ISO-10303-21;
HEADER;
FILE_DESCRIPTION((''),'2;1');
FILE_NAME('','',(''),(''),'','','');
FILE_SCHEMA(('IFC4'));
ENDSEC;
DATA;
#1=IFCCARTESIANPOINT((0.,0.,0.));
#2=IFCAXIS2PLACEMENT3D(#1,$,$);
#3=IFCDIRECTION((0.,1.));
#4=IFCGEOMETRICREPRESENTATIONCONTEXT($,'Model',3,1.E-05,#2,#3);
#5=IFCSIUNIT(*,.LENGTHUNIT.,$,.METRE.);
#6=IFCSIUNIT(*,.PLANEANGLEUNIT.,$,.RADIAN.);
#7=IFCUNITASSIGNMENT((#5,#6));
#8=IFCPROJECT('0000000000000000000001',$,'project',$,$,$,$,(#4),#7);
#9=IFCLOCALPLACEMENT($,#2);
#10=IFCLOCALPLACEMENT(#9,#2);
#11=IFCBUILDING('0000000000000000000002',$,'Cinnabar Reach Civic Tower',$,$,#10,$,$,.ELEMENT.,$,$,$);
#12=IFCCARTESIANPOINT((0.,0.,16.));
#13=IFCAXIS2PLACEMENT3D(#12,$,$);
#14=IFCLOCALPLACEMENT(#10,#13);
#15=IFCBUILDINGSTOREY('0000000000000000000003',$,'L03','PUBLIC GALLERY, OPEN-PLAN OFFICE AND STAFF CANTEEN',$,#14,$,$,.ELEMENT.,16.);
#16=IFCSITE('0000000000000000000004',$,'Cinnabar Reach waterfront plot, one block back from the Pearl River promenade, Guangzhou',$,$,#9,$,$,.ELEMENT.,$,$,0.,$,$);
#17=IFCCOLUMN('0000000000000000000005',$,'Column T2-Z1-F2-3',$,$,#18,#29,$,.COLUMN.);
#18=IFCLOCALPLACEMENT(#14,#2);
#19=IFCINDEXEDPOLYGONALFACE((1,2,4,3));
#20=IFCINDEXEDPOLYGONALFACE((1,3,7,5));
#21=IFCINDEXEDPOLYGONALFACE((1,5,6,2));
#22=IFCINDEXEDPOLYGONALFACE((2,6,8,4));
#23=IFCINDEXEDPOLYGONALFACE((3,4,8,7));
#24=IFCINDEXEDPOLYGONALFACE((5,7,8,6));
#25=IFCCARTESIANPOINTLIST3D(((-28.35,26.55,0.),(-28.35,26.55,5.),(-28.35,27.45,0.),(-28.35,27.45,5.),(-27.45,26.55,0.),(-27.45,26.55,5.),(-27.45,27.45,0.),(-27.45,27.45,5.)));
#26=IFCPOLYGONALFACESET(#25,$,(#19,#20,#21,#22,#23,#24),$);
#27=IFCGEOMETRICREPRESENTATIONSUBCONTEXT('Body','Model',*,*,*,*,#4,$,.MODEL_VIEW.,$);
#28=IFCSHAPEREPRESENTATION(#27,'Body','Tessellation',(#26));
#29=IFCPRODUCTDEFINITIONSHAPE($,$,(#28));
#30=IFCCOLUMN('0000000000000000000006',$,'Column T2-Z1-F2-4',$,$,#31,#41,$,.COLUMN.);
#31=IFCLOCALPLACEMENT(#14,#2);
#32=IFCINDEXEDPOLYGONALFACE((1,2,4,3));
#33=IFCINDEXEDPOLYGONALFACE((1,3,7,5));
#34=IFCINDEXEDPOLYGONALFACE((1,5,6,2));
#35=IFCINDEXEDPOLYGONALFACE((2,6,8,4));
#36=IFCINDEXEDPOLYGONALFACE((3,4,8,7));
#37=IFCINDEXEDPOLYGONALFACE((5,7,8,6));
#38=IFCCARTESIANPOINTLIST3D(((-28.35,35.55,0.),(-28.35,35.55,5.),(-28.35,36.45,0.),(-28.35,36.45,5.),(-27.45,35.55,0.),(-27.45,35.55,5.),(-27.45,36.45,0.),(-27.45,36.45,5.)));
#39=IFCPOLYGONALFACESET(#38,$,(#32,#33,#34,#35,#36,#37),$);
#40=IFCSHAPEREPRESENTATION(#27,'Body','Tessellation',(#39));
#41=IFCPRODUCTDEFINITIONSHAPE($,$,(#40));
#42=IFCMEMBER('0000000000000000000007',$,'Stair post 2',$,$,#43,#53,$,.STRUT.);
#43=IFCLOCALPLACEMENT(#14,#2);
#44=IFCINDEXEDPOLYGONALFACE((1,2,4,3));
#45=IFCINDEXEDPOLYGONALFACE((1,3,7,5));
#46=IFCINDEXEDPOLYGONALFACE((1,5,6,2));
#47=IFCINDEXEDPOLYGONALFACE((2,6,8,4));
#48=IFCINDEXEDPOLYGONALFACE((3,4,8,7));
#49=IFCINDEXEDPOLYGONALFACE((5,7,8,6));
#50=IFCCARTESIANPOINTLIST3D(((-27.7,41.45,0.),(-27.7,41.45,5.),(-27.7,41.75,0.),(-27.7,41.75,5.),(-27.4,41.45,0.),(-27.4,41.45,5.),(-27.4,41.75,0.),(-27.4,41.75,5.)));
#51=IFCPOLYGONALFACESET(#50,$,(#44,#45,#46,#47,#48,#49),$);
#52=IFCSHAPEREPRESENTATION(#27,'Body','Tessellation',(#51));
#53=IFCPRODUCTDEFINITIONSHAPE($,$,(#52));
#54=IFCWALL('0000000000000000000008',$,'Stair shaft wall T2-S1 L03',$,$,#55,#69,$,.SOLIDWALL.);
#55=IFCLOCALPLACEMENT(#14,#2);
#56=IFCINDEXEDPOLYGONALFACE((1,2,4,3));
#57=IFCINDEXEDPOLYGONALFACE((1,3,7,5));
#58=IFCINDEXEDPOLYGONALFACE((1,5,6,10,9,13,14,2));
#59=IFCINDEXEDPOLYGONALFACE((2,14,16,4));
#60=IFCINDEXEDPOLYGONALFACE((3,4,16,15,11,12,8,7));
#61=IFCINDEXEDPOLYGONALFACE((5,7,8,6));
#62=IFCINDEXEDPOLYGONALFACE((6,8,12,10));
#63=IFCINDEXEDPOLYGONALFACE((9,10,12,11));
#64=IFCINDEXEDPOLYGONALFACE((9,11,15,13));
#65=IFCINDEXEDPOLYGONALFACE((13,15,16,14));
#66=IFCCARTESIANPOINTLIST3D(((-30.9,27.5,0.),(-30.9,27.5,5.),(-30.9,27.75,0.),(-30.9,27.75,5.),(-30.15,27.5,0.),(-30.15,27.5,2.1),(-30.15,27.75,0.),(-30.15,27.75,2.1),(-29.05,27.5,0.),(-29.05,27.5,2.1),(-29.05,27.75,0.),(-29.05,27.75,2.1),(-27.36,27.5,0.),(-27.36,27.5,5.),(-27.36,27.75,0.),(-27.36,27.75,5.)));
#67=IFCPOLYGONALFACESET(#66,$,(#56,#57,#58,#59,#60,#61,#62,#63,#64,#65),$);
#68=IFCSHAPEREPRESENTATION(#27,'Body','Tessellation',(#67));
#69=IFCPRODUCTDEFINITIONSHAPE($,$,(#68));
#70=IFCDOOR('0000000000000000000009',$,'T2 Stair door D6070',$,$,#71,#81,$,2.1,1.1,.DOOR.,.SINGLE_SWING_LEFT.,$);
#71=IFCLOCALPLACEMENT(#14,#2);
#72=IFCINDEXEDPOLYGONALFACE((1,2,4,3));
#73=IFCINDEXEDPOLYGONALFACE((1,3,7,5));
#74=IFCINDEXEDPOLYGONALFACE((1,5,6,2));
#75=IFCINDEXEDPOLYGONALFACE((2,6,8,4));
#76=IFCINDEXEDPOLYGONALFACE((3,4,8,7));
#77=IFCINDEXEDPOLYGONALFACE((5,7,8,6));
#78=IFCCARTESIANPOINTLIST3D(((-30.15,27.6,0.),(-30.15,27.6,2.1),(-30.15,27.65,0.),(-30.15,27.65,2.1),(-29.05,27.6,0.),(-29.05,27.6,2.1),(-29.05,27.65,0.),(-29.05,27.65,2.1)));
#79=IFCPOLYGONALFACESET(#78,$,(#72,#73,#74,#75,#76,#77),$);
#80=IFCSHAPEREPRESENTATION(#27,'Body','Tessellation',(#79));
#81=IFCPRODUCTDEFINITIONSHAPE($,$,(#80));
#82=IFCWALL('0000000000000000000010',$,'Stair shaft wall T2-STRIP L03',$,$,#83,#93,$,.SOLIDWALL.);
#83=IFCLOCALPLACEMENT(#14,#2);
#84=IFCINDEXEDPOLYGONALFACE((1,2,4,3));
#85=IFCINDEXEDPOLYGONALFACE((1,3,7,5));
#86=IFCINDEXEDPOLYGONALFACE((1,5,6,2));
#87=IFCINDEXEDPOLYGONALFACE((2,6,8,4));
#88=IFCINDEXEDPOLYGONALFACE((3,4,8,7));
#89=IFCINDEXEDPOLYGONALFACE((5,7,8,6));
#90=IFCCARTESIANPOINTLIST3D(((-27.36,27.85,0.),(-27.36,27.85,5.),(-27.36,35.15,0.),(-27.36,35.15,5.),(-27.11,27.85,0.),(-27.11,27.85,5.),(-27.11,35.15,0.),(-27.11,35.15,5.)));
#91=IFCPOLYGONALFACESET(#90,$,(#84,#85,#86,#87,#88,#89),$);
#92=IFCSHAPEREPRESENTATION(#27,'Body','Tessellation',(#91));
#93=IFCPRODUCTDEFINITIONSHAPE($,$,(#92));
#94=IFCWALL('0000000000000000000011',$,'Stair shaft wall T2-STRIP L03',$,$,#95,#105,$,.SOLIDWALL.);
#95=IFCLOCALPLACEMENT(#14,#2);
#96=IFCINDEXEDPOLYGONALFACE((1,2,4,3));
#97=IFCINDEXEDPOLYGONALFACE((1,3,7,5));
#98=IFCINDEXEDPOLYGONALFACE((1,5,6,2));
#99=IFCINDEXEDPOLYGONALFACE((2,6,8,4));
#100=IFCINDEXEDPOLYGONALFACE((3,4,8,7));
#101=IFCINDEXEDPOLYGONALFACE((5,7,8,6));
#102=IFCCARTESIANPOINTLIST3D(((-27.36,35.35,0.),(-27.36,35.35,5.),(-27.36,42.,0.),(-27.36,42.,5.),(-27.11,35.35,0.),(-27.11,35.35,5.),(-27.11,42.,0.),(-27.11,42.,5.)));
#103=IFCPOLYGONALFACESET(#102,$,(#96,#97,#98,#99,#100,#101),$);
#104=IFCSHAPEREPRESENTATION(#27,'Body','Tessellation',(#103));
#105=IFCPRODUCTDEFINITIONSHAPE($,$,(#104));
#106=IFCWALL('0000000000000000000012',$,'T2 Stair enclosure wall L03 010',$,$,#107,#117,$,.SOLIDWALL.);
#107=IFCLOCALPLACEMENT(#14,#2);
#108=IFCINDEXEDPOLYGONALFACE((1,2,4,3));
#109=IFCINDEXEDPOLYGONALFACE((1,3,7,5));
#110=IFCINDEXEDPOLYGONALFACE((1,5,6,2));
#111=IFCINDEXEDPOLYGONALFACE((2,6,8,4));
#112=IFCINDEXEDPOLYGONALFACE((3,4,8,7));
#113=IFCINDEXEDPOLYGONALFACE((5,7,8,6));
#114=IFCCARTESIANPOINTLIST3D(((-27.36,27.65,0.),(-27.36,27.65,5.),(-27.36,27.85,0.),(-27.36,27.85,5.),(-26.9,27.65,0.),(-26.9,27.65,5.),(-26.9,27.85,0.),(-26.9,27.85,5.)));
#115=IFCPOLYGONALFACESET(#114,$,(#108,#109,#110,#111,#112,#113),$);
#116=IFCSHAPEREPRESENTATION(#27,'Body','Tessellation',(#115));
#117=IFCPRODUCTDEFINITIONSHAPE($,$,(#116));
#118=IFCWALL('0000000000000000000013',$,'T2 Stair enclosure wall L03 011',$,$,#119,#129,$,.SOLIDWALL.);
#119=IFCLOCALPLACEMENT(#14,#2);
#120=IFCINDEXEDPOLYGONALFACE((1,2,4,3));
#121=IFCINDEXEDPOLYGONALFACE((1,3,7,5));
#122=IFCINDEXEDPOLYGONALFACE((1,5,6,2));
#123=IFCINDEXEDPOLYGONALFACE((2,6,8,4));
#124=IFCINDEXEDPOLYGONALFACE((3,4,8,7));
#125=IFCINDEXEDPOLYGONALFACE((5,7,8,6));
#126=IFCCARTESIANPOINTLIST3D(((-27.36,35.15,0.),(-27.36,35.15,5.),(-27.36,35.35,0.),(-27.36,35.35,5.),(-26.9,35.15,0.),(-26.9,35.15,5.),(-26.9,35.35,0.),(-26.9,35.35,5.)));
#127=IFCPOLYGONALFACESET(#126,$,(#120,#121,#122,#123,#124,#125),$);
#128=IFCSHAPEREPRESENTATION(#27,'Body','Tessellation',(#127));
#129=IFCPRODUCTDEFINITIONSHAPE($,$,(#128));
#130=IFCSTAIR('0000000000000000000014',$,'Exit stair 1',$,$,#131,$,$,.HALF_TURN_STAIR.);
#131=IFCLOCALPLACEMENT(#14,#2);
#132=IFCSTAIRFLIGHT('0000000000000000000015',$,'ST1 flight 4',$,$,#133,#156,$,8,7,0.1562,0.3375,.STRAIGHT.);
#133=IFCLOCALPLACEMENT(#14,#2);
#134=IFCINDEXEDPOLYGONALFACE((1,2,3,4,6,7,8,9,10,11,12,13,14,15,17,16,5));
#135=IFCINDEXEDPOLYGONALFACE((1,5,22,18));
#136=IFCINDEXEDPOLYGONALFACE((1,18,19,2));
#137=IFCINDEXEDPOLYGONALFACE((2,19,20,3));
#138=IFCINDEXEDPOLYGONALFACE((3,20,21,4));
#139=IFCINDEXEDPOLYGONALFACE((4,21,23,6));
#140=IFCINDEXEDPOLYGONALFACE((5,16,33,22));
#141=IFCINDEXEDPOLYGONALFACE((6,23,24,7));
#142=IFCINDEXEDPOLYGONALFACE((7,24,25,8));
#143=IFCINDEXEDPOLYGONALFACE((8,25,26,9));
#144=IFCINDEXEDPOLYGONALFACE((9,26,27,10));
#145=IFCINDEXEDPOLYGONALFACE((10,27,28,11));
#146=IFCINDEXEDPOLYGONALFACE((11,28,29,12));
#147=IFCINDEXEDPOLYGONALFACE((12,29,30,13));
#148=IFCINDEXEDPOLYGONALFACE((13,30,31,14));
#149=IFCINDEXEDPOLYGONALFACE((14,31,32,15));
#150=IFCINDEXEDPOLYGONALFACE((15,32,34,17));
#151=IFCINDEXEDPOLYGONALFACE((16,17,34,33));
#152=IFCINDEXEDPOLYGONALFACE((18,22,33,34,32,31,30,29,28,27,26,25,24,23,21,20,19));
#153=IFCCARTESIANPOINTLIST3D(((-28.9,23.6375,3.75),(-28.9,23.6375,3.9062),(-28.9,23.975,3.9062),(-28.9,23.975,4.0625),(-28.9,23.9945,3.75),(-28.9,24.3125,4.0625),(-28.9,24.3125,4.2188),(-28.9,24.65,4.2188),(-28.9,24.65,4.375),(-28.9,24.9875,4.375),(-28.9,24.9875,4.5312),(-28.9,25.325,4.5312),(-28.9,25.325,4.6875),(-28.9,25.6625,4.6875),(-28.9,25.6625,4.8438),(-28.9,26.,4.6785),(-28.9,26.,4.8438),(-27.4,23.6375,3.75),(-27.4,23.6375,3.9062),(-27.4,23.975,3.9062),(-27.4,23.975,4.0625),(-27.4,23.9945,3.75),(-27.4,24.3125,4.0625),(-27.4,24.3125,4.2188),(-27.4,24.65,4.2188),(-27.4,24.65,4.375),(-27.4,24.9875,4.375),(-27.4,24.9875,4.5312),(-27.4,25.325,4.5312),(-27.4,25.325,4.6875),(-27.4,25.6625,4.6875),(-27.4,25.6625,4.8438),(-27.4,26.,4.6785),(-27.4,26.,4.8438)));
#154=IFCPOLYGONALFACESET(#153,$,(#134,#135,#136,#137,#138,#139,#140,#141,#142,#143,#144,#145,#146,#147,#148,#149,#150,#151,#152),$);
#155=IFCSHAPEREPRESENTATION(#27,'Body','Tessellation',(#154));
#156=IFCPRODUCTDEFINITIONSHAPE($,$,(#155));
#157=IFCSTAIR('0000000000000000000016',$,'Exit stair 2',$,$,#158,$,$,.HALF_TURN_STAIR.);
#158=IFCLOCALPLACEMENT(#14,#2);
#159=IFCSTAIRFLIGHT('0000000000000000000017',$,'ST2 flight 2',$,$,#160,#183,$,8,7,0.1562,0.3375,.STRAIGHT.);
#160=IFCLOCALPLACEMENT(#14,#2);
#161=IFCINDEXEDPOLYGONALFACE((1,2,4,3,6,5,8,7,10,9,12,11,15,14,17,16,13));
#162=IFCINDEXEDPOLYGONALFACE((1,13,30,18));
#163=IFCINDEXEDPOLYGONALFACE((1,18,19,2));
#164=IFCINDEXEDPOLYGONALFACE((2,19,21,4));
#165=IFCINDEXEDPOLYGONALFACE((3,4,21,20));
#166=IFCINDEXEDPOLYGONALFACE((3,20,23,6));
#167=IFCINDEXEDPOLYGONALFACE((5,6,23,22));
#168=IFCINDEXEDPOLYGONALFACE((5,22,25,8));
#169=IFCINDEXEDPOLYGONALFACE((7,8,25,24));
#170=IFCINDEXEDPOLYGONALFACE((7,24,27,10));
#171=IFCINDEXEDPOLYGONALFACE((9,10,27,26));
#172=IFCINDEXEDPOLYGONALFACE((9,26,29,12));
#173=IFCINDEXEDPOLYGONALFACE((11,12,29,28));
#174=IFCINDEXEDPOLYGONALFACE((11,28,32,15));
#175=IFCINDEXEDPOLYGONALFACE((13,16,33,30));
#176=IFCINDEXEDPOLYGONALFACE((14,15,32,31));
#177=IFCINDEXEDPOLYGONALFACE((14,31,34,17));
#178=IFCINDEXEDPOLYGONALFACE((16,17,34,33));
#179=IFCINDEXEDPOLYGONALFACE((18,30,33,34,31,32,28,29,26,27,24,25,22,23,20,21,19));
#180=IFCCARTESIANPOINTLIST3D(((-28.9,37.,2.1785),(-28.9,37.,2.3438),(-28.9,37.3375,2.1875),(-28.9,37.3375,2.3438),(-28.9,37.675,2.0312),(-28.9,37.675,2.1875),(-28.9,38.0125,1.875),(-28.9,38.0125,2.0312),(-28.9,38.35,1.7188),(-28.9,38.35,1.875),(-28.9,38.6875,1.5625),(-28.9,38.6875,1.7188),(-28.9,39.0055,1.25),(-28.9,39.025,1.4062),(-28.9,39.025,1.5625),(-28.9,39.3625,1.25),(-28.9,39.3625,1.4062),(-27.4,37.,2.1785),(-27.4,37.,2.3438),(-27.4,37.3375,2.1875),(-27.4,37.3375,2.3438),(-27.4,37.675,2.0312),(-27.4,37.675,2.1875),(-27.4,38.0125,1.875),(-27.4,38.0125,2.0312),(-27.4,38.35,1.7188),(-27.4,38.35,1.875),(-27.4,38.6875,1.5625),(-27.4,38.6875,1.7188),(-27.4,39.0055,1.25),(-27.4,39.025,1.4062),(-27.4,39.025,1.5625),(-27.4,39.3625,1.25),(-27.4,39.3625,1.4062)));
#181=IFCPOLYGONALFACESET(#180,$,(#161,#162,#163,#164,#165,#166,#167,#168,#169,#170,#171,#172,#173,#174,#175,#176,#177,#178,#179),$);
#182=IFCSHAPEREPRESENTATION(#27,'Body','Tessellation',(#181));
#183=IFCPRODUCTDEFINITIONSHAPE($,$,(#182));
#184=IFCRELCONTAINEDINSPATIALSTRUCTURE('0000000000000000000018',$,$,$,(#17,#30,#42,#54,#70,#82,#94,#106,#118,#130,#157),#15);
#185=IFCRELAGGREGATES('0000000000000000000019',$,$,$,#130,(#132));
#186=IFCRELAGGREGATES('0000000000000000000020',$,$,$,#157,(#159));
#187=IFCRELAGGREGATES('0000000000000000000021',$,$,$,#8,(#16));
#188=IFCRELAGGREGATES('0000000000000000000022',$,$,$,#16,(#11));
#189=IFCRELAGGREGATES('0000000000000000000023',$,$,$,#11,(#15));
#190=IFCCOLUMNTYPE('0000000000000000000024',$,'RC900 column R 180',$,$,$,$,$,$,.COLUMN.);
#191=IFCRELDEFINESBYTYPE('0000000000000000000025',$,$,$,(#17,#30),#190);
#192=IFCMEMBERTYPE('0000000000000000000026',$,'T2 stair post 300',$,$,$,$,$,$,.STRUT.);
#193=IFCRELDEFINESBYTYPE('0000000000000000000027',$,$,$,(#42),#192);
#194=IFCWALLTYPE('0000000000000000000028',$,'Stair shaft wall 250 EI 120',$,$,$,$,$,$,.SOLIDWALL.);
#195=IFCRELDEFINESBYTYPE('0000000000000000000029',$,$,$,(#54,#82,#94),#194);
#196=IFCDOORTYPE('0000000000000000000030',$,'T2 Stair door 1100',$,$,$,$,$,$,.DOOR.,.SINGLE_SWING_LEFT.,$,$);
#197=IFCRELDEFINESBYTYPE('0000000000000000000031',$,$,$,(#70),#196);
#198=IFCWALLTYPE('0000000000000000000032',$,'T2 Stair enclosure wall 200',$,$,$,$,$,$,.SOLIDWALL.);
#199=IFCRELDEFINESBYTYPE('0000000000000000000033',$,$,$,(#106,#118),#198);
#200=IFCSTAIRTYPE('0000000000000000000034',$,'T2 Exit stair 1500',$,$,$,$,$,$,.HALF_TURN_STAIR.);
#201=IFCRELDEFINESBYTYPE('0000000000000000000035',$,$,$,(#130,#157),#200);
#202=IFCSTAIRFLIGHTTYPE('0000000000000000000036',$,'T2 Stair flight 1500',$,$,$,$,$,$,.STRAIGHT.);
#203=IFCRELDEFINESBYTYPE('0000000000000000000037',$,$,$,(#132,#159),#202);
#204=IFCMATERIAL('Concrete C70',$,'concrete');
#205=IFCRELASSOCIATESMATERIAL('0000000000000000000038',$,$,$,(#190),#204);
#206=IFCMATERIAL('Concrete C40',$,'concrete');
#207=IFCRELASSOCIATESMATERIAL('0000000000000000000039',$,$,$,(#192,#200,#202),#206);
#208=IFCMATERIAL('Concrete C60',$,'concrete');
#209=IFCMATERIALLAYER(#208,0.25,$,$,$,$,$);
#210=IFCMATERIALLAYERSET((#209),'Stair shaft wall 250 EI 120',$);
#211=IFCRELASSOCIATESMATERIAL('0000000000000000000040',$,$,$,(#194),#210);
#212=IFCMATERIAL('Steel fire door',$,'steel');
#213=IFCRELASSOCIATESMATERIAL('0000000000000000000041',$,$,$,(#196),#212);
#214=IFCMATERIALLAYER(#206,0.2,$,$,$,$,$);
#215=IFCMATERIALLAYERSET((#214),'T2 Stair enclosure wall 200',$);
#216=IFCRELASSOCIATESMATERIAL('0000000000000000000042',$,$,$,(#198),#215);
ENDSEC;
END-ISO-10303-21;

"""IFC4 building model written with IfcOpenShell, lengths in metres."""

from ifc_helpers import new_model, si_unit, direction, frame, frame_2d, origin, origin_2d, place, context, subcontext, project, spatial, polyline, rectangle, outline, extrude, material, layer, layer_set, material_profile, profile_set, type_object, element, fill, aggregate, save


model = new_model("IFC4")

# Units and contexts
model_context = context("Model", 3, precision=1e-05, world=origin(), true_north=direction((0.0, 1.0)))
body_context = subcontext(model_context, "Body", "Model", "MODEL_VIEW")
ifc_project = project(units=[si_unit("LENGTHUNIT", "METRE"), si_unit("PLANEANGLEUNIT", "RADIAN")], contexts=[model_context])

# Site, building, storey
site_placement = place(None, origin())
site = spatial("IfcSite", under=ifc_project, at=site_placement, Name="Cinnabar Reach waterfront plot, one block back from the Pearl River promenade, Guangzhou", CompositionType="ELEMENT", RefElevation=0.0)
building_placement = place(site_placement, origin())
building = spatial("IfcBuilding", under=site, at=building_placement, Name="Cinnabar Reach Civic Tower", CompositionType="ELEMENT")
storey_placement = place(building_placement, frame((0.0, 0.0, 16.0)))
storey = spatial("IfcBuildingStorey", under=building, at=storey_placement, Name="L03", Description="PUBLIC GALLERY, OPEN-PLAN OFFICE AND STAFF CANTEEN", CompositionType="ELEMENT", Elevation=16.0)

# Columns
ifc_material_1 = material(Name="Concrete C70", Category="concrete")
ifc_material_profile_1 = material_profile(ifc_material_1, rectangle(XDim=0.9, YDim=0.9, at=origin_2d()), Name="RC900")
ifc_profile_set_1 = profile_set([ifc_material_profile_1], Name="Concrete C70")
column_type = type_object("IfcColumnType", Name="RC900 column R 180", PredefinedType="COLUMN", material=ifc_profile_set_1)
for number, where, z_axis, x_axis, name in (
    (1, (-27.9, 27.0, 0.0), (0.0, 0.0, 1.0), (1.0, 0.0, 0.0), "Column T2-Z1-F2-3"),
    (2, (-27.9, 36.0, 0.0), (0.0, 0.0, 1.0), (1.0, 0.0, 0.0), "Column T2-Z1-F2-4"),
):
    element("IfcColumn", number, at=place(storey_placement, frame(where, z_axis=z_axis, x_axis=x_axis)), inside=storey, type_object=column_type, Name=name, PredefinedType="COLUMN", context=body_context, shape_type="SweptSolid", body=[
        extrude(rectangle(XDim=0.9, YDim=0.9, at=origin_2d()), origin(), (0.0, 0.0, 1.0), 5.0),
    ])

# Member
ifc_material_2 = material(Name="Concrete C40", Category="concrete")
ifc_material_profile_2 = material_profile(ifc_material_2, rectangle(XDim=0.3, YDim=0.3, at=origin_2d()), Name="C300")
ifc_profile_set_2 = profile_set([ifc_material_profile_2], Name="Concrete C40")
member_type = type_object("IfcMemberType", Name="T2 stair post 300", PredefinedType="STRUT", material=ifc_profile_set_2)
member_placement = place(storey_placement, frame((-27.55, 41.6, 0.0), z_axis=(0.0, 0.0, 1.0), x_axis=(1.0, 0.0, 0.0)))
element("IfcMember", 3, at=member_placement, inside=storey, type_object=member_type, Name="Stair post 2", PredefinedType="STRUT", context=body_context, shape_type="SweptSolid", body=[
    extrude(rectangle(XDim=0.3, YDim=0.3, at=origin_2d()), origin(), (0.0, 0.0, 1.0), 5.0),
])

# Wall, opening, door
ifc_material_3 = material(Name="Concrete C60", Category="concrete")
ifc_layer_1 = layer(ifc_material_3, 0.25)
ifc_layer_set_1 = layer_set([ifc_layer_1], Name="Stair shaft wall 250 EI 120")
wall_type_1 = type_object("IfcWallType", Name="Stair shaft wall 250 EI 120", PredefinedType="SOLIDWALL", material=ifc_layer_set_1)
wall_1_placement = place(storey_placement, frame((-27.36, 27.625, 0.0), z_axis=(0.0, 0.0, 1.0), x_axis=(-1.0, 0.0, 0.0)))
wall_1 = element("IfcWall", 4, at=wall_1_placement, inside=storey, type_object=wall_type_1, Name="Stair shaft wall T2-S1 L03", PredefinedType="SOLIDWALL", context=body_context, shape_type="SweptSolid", body=[
    extrude(rectangle(XDim=3.54, YDim=0.25, at=frame_2d((1.77, 0.0))), origin(), (0.0, 0.0, 1.0), 5.0),
])
opening_placement = place(wall_1_placement, frame((1.69, 0.0, 0.0)))
opening = element("IfcOpeningElement", 5, at=opening_placement, cuts=wall_1, PredefinedType="OPENING", context=body_context, shape_type="SweptSolid", body=[
    extrude(rectangle(XDim=1.1, YDim=2.1, at=frame_2d((0.55, 1.05))), frame((0.0, 0.135, 0.0), z_axis=(0.0, -1.0, 0.0), x_axis=(1.0, 0.0, 0.0)), (0.0, 0.0, 1.0), 0.27),
])
ifc_material_4 = material(Name="Steel fire door", Category="steel")
door_type = type_object("IfcDoorType", Name="T2 Stair door 1100", OperationType="SINGLE_SWING_LEFT", PredefinedType="DOOR", material=ifc_material_4)
door_placement = place(opening_placement, origin())
door = element("IfcDoor", 6, at=door_placement, inside=storey, type_object=door_type, Name="T2 Stair door D6070", OperationType="SINGLE_SWING_LEFT", OverallHeight=2.1, OverallWidth=1.1, PredefinedType="DOOR", context=body_context, shape_type="SweptSolid", body=[
    extrude(rectangle(XDim=1.1, YDim=2.1, at=frame_2d((0.55, 1.05))), frame((0.0, 0.025, 0.0), z_axis=(0.0, -1.0, 0.0), x_axis=(1.0, 0.0, 0.0)), (0.0, 0.0, 1.0), 0.05),
])
fill(opening, door)

# Walls
wall_2_placement = place(storey_placement, frame((-27.235, 27.85, 0.0), z_axis=(0.0, 0.0, 1.0), x_axis=(0.0, 1.0, 0.0)))
element("IfcWall", 7, at=wall_2_placement, inside=storey, type_object=wall_type_1, Name="Stair shaft wall T2-STRIP L03", PredefinedType="SOLIDWALL", context=body_context, shape_type="SweptSolid", body=[
    extrude(rectangle(XDim=7.3, YDim=0.25, at=frame_2d((3.65, 0.0))), origin(), (0.0, 0.0, 1.0), 5.0),
])
wall_3_placement = place(storey_placement, frame((-27.235, 35.35, 0.0), z_axis=(0.0, 0.0, 1.0), x_axis=(0.0, 1.0, 0.0)))
element("IfcWall", 8, at=wall_3_placement, inside=storey, type_object=wall_type_1, Name="Stair shaft wall T2-STRIP L03", PredefinedType="SOLIDWALL", context=body_context, shape_type="SweptSolid", body=[
    extrude(rectangle(XDim=6.65, YDim=0.25, at=frame_2d((3.325, 0.0))), origin(), (0.0, 0.0, 1.0), 5.0),
])
ifc_layer_2 = layer(ifc_material_2, 0.2)
ifc_layer_set_2 = layer_set([ifc_layer_2], Name="T2 Stair enclosure wall 200")
wall_type_2 = type_object("IfcWallType", Name="T2 Stair enclosure wall 200", PredefinedType="SOLIDWALL", material=ifc_layer_set_2)
for number, where, z_axis, x_axis, name in (
    (9, (-27.36, 27.75, 0.0), (0.0, 0.0, 1.0), (1.0, 0.0, 0.0), "T2 Stair enclosure wall L03 010"),
    (10, (-26.9, 35.25, 0.0), (0.0, 0.0, 1.0), (-1.0, 0.0, 0.0), "T2 Stair enclosure wall L03 011"),
):
    element("IfcWall", number, at=place(storey_placement, frame(where, z_axis=z_axis, x_axis=x_axis)), inside=storey, type_object=wall_type_2, Name=name, PredefinedType="SOLIDWALL", context=body_context, shape_type="SweptSolid", body=[
        extrude(rectangle(XDim=0.46, YDim=0.2, at=frame_2d((0.23, 0.0))), origin(), (0.0, 0.0, 1.0), 5.0),
    ])

# Stair, stair flight
stair_type = type_object("IfcStairType", Name="T2 Exit stair 1500", PredefinedType="HALF_TURN_STAIR", material=ifc_material_2)
stair_1_placement = place(storey_placement, origin())
stair_1 = element("IfcStair", 11, at=stair_1_placement, inside=storey, type_object=stair_type, Name="Exit stair 1", PredefinedType="HALF_TURN_STAIR")
stair_flight_type = type_object("IfcStairFlightType", Name="T2 Stair flight 1500", PredefinedType="STRAIGHT", material=ifc_material_2)
stair_flight_1_placement = place(storey_placement, frame((-28.15, 23.6375, 3.75), z_axis=(0.0, 0.0, 1.0), x_axis=(0.0, 1.0, 0.0)))
stair_flight_1 = element("IfcStairFlight", 12, at=stair_flight_1_placement, type_object=stair_flight_type, Name="ST1 flight 4", NumberOfRisers=8, NumberOfTreads=7, PredefinedType="STRAIGHT", RiserHeight=0.1562, TreadLength=0.3375, context=body_context, shape_type="SweptSolid", body=[
    extrude(outline(polyline([(0.0, 0.0), (0.0, 0.1562), (0.3375, 0.1562), (0.3375, 0.3125), (0.675, 0.3125), (0.675, 0.4688), (1.0125, 0.4688), (1.0125, 0.625), (1.35, 0.625), (1.35, 0.7812), (1.6875, 0.7812), (1.6875, 0.9375), (2.025, 0.9375), (2.025, 1.0938), (2.3625, 1.0938), (2.3625, 1.25), (2.3625, 0.9285), (0.357, 0.0), (0.0, 0.0)])), frame((0.0, 0.75, 0.0), z_axis=(0.0, -1.0, 0.0), x_axis=(1.0, 0.0, 0.0)), (0.0, 0.0, 1.0), 1.5),
])
aggregate(stair_1, [stair_flight_1])

# Stair, stair flight
stair_2_placement = place(storey_placement, origin())
stair_2 = element("IfcStair", 13, at=stair_2_placement, inside=storey, type_object=stair_type, Name="Exit stair 2", PredefinedType="HALF_TURN_STAIR")
stair_flight_2_placement = place(storey_placement, frame((-28.15, 39.3625, 1.25), z_axis=(0.0, 0.0, 1.0), x_axis=(0.0, -1.0, 0.0)))
stair_flight_2 = element("IfcStairFlight", 14, at=stair_flight_2_placement, type_object=stair_flight_type, Name="ST2 flight 2", NumberOfRisers=8, NumberOfTreads=7, PredefinedType="STRAIGHT", RiserHeight=0.1562, TreadLength=0.3375, context=body_context, shape_type="SweptSolid", body=[
    extrude(outline(polyline([(0.0, 0.0), (0.0, 0.1562), (0.3375, 0.1562), (0.3375, 0.3125), (0.675, 0.3125), (0.675, 0.4688), (1.0125, 0.4688), (1.0125, 0.625), (1.35, 0.625), (1.35, 0.7812), (1.6875, 0.7812), (1.6875, 0.9375), (2.025, 0.9375), (2.025, 1.0938), (2.3625, 1.0938), (2.3625, 1.25), (2.3625, 0.9285), (0.357, 0.0), (0.0, 0.0)])), frame((0.0, 0.75, 0.0), z_axis=(0.0, -1.0, 0.0), x_axis=(1.0, 0.0, 0.0)), (0.0, 0.0, 1.0), 1.5),
])
aggregate(stair_2, [stair_flight_2])

save(model, "model.ifc")
